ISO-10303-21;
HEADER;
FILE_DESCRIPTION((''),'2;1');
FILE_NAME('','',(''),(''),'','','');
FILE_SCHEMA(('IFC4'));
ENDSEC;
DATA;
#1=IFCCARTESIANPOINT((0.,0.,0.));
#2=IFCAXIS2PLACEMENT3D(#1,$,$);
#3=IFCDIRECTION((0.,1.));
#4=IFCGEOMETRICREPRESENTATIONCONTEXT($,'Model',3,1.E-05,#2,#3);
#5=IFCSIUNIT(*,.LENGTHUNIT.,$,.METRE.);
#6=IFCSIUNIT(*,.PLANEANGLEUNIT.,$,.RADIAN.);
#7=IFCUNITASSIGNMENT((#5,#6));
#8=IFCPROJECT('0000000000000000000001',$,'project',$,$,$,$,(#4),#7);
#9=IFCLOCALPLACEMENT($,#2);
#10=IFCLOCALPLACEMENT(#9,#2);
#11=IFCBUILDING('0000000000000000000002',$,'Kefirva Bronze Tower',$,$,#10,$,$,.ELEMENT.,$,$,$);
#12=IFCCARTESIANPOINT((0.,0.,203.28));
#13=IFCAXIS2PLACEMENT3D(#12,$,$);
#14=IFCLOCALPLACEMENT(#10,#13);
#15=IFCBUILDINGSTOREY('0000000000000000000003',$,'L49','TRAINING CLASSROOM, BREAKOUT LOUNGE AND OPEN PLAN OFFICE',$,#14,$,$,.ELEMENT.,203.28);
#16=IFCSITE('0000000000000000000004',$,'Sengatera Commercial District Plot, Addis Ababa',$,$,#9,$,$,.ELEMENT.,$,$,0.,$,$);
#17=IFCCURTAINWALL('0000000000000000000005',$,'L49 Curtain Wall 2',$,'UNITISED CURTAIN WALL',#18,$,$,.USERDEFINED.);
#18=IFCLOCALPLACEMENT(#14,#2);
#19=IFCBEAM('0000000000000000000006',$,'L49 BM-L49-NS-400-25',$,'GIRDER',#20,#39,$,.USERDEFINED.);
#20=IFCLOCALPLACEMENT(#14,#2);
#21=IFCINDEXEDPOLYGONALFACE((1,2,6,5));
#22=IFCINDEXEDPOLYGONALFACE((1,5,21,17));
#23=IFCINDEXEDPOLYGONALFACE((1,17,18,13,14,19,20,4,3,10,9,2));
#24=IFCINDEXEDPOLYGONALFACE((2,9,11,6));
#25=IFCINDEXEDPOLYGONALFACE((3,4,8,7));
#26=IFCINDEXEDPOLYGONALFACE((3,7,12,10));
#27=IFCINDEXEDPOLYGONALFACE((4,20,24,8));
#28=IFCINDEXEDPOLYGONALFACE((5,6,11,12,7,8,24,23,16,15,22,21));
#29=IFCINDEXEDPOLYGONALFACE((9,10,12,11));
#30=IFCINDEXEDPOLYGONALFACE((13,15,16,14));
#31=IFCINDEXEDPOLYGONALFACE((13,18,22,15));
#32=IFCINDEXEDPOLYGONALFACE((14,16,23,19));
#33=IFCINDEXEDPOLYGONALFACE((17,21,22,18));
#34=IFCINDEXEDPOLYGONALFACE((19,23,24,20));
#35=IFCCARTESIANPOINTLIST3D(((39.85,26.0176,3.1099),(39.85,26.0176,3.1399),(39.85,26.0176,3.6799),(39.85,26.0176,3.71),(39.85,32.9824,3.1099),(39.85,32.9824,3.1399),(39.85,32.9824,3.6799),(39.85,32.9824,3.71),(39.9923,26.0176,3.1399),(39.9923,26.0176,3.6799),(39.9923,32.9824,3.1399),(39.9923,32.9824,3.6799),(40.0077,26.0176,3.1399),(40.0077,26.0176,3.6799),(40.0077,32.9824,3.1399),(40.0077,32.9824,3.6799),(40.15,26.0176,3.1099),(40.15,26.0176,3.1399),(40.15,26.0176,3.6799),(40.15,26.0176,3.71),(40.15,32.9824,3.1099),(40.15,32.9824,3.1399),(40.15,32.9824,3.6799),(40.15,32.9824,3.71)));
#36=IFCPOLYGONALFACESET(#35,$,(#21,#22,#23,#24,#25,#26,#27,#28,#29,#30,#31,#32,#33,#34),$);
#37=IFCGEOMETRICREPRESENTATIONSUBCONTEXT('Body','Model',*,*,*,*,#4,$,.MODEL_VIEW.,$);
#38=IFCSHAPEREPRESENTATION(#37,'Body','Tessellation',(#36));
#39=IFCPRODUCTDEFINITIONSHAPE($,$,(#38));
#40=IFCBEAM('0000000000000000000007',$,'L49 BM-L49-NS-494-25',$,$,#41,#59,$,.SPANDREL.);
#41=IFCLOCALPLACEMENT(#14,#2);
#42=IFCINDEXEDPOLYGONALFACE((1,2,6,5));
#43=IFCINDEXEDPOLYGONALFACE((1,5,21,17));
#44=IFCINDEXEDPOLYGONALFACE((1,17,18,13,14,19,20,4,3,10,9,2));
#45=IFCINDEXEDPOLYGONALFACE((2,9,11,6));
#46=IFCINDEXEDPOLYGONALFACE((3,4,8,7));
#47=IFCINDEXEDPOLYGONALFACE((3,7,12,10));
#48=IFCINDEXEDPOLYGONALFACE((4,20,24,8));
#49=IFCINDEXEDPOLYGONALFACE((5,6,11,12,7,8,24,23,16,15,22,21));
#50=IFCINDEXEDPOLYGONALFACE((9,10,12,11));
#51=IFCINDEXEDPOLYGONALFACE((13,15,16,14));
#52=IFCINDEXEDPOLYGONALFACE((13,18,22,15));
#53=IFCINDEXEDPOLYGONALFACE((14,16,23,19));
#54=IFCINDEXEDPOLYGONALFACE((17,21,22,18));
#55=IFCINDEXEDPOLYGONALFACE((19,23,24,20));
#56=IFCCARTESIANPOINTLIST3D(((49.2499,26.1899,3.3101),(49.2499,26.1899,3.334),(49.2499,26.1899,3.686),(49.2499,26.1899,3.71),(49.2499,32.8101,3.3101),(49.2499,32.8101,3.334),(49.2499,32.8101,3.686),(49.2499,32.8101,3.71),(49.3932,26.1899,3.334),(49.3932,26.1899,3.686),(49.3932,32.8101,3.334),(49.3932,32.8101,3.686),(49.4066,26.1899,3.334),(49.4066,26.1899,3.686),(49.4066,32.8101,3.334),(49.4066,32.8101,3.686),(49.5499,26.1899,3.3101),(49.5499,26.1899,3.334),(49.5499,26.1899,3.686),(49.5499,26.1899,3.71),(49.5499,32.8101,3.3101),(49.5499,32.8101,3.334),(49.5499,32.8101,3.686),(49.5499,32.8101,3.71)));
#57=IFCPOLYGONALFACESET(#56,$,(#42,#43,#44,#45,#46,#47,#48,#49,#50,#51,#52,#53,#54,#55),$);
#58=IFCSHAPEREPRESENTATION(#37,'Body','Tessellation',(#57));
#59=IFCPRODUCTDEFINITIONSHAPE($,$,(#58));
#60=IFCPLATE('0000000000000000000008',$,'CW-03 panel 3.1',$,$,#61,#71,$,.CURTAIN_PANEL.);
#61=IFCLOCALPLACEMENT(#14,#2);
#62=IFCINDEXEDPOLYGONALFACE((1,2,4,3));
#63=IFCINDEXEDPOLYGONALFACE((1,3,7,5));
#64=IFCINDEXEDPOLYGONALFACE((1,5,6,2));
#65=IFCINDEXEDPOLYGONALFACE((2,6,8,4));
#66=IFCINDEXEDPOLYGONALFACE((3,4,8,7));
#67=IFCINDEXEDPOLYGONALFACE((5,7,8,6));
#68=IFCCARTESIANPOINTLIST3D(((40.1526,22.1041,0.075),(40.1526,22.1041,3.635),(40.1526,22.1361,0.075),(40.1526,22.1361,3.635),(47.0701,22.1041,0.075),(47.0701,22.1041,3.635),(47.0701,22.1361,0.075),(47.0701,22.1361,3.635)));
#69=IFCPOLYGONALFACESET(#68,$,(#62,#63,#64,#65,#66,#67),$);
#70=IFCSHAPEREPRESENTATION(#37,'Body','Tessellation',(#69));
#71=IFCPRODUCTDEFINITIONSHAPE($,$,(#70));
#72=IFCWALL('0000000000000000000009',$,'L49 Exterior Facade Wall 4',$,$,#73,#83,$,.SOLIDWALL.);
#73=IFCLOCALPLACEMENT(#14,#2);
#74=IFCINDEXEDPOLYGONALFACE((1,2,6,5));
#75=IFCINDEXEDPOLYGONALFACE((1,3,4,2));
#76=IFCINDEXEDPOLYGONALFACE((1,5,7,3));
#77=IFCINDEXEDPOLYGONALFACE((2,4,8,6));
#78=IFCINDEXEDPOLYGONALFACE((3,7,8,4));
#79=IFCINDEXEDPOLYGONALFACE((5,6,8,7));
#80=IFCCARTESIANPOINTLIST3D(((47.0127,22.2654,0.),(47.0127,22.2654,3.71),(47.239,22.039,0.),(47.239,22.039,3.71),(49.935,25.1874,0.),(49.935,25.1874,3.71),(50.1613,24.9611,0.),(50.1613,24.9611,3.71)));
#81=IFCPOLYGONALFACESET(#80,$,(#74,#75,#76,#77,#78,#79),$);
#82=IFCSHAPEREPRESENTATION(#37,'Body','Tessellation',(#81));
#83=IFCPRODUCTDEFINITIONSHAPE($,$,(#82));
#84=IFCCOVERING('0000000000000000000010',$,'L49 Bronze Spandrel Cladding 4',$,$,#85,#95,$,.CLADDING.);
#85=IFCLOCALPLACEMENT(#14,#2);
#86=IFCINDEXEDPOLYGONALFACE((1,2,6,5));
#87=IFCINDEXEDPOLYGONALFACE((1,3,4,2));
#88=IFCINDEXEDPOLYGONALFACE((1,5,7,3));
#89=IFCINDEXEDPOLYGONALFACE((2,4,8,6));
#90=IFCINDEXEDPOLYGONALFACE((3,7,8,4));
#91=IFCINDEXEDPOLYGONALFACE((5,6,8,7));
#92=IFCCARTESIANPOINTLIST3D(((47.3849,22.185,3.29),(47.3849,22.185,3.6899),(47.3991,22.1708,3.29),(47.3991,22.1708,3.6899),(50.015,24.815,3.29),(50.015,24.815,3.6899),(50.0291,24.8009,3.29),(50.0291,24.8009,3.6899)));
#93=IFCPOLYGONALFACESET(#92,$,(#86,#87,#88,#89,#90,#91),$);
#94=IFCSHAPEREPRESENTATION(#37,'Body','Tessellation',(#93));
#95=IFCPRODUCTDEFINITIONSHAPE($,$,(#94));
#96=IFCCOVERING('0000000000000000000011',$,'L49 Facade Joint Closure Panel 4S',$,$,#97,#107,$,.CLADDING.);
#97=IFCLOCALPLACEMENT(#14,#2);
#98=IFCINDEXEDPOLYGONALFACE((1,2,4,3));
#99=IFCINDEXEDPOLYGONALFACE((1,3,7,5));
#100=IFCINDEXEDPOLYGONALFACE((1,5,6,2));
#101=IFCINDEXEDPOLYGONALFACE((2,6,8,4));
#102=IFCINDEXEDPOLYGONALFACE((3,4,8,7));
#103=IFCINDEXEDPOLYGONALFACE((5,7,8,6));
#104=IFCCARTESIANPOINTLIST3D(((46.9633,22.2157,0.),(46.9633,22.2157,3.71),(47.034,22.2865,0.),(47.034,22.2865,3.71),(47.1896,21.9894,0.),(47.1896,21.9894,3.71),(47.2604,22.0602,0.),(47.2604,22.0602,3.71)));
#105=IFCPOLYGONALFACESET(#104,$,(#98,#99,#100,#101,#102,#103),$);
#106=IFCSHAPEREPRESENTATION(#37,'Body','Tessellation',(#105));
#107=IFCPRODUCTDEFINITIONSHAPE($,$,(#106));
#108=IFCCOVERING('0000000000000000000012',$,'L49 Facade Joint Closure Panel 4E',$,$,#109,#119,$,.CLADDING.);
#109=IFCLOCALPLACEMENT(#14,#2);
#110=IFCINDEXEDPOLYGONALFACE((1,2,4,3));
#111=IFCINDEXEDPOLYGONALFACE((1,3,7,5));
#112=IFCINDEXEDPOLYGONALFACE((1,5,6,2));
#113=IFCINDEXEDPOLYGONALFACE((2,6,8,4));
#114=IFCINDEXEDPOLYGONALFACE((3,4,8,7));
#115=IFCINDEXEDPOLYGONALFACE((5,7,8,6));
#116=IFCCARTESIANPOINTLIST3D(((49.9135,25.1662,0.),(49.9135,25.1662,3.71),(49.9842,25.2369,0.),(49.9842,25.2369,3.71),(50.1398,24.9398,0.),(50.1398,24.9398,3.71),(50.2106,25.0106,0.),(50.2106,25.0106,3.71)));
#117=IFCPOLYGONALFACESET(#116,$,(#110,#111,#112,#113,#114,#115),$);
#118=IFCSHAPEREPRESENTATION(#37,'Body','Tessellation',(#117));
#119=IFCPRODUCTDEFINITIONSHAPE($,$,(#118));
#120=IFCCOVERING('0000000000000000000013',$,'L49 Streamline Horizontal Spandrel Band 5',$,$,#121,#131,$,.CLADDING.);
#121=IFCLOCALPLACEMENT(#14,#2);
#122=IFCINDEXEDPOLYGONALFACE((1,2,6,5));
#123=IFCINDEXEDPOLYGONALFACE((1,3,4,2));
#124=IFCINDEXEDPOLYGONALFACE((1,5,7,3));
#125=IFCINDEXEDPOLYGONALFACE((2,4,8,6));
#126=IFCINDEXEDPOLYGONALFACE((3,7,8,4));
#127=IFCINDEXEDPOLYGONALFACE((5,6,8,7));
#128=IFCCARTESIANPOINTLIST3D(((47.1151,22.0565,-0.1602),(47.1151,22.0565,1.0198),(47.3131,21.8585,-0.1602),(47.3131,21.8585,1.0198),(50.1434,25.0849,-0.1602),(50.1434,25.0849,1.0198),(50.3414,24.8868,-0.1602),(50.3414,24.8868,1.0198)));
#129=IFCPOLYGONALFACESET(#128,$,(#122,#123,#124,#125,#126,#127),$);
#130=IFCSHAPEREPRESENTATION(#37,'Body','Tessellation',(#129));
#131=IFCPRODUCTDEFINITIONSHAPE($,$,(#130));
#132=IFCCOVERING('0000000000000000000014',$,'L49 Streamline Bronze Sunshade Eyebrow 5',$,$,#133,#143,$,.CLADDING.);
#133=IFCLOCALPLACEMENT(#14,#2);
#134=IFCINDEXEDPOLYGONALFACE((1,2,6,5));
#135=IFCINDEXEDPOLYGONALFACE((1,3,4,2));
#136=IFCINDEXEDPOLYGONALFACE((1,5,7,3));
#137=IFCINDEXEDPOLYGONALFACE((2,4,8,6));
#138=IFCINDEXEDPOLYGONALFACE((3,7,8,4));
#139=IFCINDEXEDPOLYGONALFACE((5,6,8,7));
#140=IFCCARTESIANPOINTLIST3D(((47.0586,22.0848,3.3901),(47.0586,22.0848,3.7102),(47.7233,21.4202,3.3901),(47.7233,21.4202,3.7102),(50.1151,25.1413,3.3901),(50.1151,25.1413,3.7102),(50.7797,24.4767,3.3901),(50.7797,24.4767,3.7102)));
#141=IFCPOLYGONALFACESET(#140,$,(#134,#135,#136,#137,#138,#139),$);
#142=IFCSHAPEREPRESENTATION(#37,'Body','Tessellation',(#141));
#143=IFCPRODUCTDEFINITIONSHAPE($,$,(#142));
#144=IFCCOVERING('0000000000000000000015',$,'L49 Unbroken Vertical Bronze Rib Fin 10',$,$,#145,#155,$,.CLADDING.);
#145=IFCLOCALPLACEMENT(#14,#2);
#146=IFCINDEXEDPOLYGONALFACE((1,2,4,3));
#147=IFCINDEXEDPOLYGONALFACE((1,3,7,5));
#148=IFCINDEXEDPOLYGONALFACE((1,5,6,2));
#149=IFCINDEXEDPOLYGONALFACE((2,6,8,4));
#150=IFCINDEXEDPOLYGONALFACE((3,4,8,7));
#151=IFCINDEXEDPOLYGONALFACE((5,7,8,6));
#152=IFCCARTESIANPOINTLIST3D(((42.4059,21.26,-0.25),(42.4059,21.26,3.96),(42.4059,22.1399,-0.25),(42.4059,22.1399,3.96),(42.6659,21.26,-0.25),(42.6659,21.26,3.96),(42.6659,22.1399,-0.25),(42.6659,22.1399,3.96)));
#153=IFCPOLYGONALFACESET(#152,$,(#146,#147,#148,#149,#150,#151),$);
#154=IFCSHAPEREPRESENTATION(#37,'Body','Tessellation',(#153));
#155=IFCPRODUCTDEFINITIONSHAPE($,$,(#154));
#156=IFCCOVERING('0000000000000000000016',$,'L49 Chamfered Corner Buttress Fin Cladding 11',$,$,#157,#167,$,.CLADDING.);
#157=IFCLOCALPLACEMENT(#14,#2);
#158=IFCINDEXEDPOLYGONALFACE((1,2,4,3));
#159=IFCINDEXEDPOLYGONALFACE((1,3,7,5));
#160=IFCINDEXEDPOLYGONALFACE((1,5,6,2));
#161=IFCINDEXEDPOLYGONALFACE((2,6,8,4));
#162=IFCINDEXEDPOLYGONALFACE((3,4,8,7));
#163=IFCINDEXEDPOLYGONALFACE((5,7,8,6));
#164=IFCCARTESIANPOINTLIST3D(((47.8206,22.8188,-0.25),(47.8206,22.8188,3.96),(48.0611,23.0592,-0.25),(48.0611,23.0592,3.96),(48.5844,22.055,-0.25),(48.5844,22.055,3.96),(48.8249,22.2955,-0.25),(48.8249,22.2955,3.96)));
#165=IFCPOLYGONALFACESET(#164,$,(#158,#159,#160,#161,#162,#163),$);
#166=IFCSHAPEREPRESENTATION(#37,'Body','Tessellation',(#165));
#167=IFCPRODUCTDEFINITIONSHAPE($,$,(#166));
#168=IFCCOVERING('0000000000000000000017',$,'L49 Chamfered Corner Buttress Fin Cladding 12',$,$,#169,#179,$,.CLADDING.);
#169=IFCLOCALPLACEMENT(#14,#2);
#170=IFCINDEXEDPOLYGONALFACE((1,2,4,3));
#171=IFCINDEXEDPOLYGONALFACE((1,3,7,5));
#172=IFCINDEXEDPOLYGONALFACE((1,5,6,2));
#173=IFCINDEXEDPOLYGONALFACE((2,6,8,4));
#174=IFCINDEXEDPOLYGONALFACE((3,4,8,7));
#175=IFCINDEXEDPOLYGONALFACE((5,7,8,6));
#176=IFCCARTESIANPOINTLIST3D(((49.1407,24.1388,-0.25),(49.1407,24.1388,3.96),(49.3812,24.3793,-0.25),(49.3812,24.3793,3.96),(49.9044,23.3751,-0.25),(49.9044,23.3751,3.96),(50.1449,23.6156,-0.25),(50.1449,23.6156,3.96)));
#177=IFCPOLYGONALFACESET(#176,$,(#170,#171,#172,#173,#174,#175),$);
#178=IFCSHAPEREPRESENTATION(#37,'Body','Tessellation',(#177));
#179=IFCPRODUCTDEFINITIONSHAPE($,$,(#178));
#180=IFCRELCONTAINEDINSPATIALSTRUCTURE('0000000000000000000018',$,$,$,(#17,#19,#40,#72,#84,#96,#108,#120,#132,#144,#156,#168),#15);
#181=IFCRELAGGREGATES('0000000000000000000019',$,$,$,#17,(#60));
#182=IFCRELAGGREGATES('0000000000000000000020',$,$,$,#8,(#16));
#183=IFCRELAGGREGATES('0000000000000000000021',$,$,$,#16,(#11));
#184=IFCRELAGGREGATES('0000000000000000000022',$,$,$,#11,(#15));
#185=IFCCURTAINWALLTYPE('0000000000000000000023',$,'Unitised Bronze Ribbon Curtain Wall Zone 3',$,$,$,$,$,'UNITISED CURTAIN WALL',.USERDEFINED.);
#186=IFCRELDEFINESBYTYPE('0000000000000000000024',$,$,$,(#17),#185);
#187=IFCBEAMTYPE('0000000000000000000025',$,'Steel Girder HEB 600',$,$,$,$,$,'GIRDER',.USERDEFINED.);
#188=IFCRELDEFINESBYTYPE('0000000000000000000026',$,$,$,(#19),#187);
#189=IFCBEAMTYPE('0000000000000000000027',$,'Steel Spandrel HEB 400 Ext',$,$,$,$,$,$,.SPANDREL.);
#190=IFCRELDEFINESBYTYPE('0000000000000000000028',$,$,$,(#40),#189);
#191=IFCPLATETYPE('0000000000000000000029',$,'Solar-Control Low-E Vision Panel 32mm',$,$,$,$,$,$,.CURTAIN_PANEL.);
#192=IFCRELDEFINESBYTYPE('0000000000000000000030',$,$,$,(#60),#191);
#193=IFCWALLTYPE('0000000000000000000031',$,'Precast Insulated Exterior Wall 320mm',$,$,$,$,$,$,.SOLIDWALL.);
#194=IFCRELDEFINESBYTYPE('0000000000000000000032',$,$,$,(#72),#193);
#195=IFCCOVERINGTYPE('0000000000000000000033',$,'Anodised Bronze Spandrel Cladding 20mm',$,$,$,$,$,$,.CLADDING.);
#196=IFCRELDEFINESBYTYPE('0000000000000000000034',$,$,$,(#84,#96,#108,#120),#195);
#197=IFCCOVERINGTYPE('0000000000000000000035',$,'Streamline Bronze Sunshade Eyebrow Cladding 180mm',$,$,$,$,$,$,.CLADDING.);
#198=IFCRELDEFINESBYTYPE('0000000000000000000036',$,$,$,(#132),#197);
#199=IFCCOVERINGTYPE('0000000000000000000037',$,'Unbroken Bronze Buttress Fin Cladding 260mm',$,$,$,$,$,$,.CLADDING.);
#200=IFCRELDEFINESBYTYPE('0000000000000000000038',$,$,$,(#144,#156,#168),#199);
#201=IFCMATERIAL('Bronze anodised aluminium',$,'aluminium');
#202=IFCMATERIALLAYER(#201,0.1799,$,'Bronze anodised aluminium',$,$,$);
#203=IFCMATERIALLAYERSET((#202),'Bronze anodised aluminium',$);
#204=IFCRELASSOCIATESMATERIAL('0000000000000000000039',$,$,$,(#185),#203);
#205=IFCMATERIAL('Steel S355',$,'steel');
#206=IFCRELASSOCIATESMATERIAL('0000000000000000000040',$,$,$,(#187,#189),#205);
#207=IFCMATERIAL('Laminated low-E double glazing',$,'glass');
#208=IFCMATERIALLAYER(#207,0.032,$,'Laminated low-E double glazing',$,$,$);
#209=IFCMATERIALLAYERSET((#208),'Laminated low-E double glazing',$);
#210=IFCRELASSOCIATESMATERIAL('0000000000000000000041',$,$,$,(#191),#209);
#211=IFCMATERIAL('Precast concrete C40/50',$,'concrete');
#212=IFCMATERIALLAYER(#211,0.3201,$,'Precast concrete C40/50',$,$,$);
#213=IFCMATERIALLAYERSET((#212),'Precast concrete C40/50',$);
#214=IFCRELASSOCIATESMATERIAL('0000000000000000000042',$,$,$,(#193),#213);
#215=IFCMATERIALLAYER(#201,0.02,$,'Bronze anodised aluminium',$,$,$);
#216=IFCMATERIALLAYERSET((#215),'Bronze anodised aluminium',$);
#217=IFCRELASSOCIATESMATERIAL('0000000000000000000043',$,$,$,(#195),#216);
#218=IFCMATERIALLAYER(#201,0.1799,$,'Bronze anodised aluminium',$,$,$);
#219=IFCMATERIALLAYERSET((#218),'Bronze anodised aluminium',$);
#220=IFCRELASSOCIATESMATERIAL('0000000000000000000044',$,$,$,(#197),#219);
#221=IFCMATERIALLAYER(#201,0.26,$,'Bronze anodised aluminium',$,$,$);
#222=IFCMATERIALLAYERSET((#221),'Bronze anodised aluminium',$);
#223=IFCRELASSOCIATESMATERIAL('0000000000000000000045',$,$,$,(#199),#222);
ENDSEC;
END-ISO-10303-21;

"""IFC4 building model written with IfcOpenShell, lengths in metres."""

from ifc_helpers import new_model, si_unit, direction, frame, frame_2d, origin, origin_2d, place, context, subcontext, project, spatial, rectangle, i_section, extrude, material, layer, layer_set, material_profile, profile_set, type_object, element, aggregate, save


model = new_model("IFC4")

# Units and contexts
model_context = context("Model", 3, precision=1e-05, world=origin(), true_north=direction((0.0, 1.0)))
body_context = subcontext(model_context, "Body", "Model", "MODEL_VIEW")
ifc_project = project(units=[si_unit("LENGTHUNIT", "METRE"), si_unit("PLANEANGLEUNIT", "RADIAN")], contexts=[model_context])

# Site, building, storey
site_placement = place(None, origin())
site = spatial("IfcSite", under=ifc_project, at=site_placement, Name="Sengatera Commercial District Plot, Addis Ababa", CompositionType="ELEMENT", RefElevation=0.0)
building_placement = place(site_placement, origin())
building = spatial("IfcBuilding", under=site, at=building_placement, Name="Kefirva Bronze Tower", CompositionType="ELEMENT")
storey_placement = place(building_placement, frame((0.0, 0.0, 203.28)))
storey = spatial("IfcBuildingStorey", under=building, at=storey_placement, Name="L49", Description="TRAINING CLASSROOM, BREAKOUT LOUNGE AND OPEN PLAN OFFICE", CompositionType="ELEMENT", Elevation=203.28)

# Curtain wall
ifc_material_1 = material(Name="Bronze anodised aluminium", Category="aluminium")
ifc_layer_1 = layer(ifc_material_1, 0.1799, Name="Bronze anodised aluminium")
ifc_layer_set_1 = layer_set([ifc_layer_1], Name="Bronze anodised aluminium")
curtain_wall_type = type_object("IfcCurtainWallType", Name="Unitised Bronze Ribbon Curtain Wall Zone 3", ElementType="UNITISED CURTAIN WALL", PredefinedType="USERDEFINED", material=ifc_layer_set_1)
curtain_wall_1_placement = place(storey_placement, origin())
curtain_wall_1 = element("IfcCurtainWall", 1, at=curtain_wall_1_placement, inside=storey, type_object=curtain_wall_type, Name="L49 Curtain Wall 2", ObjectType="UNITISED CURTAIN WALL", PredefinedType="USERDEFINED")

# Beams
ifc_material_2 = material(Name="Steel S355", Category="steel")
ifc_material_profile_1 = material_profile(ifc_material_2, i_section(OverallWidth=0.3, OverallDepth=0.6001, WebThickness=0.0154, FlangeThickness=0.03, at=origin_2d()), Name="HEB 600")
ifc_profile_set_1 = profile_set([ifc_material_profile_1], Name="Steel S355")
beam_type_1 = type_object("IfcBeamType", Name="Steel Girder HEB 600", ElementType="GIRDER", PredefinedType="USERDEFINED", material=ifc_profile_set_1)
beam_1_placement = place(storey_placement, frame((40.0, 26.0176, 3.4099), z_axis=(0.0, 1.0, 0.0), x_axis=(-1.0, 0.0, 0.0)))
element("IfcBeam", 2, at=beam_1_placement, inside=storey, type_object=beam_type_1, Name="L49 BM-L49-NS-400-25", ObjectType="GIRDER", PredefinedType="USERDEFINED", context=body_context, shape_type="SweptSolid", body=[
    extrude(i_section(OverallWidth=0.3, OverallDepth=0.6001, WebThickness=0.0154, FlangeThickness=0.03, at=origin_2d()), origin(), (0.0, 0.0, 1.0), 6.9648),
])
ifc_material_profile_2 = material_profile(ifc_material_2, i_section(OverallWidth=0.3, OverallDepth=0.3999, WebThickness=0.0134, FlangeThickness=0.0239, at=origin_2d()), Name="HEB 400")
ifc_profile_set_2 = profile_set([ifc_material_profile_2], Name="Steel S355")
beam_type_2 = type_object("IfcBeamType", Name="Steel Spandrel HEB 400 Ext", PredefinedType="SPANDREL", material=ifc_profile_set_2)
beam_2_placement = place(storey_placement, frame((49.3999, 26.1899, 3.51), z_axis=(0.0, 1.0, 0.0), x_axis=(-1.0, 0.0, 0.0)))
element("IfcBeam", 3, at=beam_2_placement, inside=storey, type_object=beam_type_2, Name="L49 BM-L49-NS-494-25", PredefinedType="SPANDREL", context=body_context, shape_type="SweptSolid", body=[
    extrude(i_section(OverallWidth=0.3, OverallDepth=0.3999, WebThickness=0.0134, FlangeThickness=0.0239, at=origin_2d()), origin(), (0.0, 0.0, 1.0), 6.6201),
])

# Plate
ifc_material_3 = material(Name="Laminated low-E double glazing", Category="glass")
ifc_layer_2 = layer(ifc_material_3, 0.032, Name="Laminated low-E double glazing")
ifc_layer_set_2 = layer_set([ifc_layer_2], Name="Laminated low-E double glazing")
plate_type = type_object("IfcPlateType", Name="Solar-Control Low-E Vision Panel 32mm", PredefinedType="CURTAIN_PANEL", material=ifc_layer_set_2)
plate_placement = place(storey_placement, frame((43.6113, 22.1201, 0.075), z_axis=(0.0, 0.0, 1.0), x_axis=(1.0, 0.0, 0.0)))
plate = element("IfcPlate", 4, at=plate_placement, type_object=plate_type, Name="CW-03 panel 3.1", PredefinedType="CURTAIN_PANEL", context=body_context, shape_type="SweptSolid", body=[
    extrude(rectangle(XDim=6.9175, YDim=0.032, at=origin_2d()), origin(), (0.0, 0.0, 1.0), 3.5601),
])
aggregate(curtain_wall_1, [plate])

# Wall
ifc_material_4 = material(Name="Precast concrete C40/50", Category="concrete")
ifc_layer_3 = layer(ifc_material_4, 0.3201, Name="Precast concrete C40/50")
ifc_layer_set_3 = layer_set([ifc_layer_3], Name="Precast concrete C40/50")
wall_type = type_object("IfcWallType", Name="Precast Insulated Exterior Wall 320mm", PredefinedType="SOLIDWALL", material=ifc_layer_set_3)
wall_placement = place(storey_placement, frame((47.1257, 22.1521, 0.0), z_axis=(0.0, 0.0, 1.0), x_axis=(0.707136, 0.707077, 0.0)))
element("IfcWall", 5, at=wall_placement, inside=storey, type_object=wall_type, Name="L49 Exterior Facade Wall 4", PredefinedType="SOLIDWALL", context=body_context, shape_type="SweptSolid", body=[
    extrude(rectangle(XDim=4.1326, YDim=0.3201, at=frame_2d((2.0664, 0.0))), origin(), (0.0, 0.0, 1.0), 3.71),
])

# Coverings
ifc_layer_4 = layer(ifc_material_1, 0.02, Name="Bronze anodised aluminium")
ifc_layer_set_4 = layer_set([ifc_layer_4], Name="Bronze anodised aluminium")
covering_type_1 = type_object("IfcCoveringType", Name="Anodised Bronze Spandrel Cladding 20mm", PredefinedType="CLADDING", material=ifc_layer_set_4)
covering_1_placement = place(storey_placement, frame((48.707, 23.4929, 3.29), z_axis=(0.0, 0.0, 1.0), x_axis=(0.707107, 0.707107, 0.0)))
element("IfcCovering", 6, at=covering_1_placement, inside=storey, type_object=covering_type_1, Name="L49 Bronze Spandrel Cladding 4", PredefinedType="CLADDING", context=body_context, shape_type="SweptSolid", body=[
    extrude(rectangle(XDim=3.7195, YDim=0.02, at=origin_2d()), origin(), (0.0, 0.0, 1.0), 0.3999),
])
for number, where, z_axis, x_axis, name in (
    (7, (47.1118, 22.1379, 0.0), (0.0, 0.0, 1.0), (0.707107, 0.707107, 0.0), "L49 Facade Joint Closure Panel 4S"),
    (8, (50.062, 25.0884, 0.0), (0.0, 0.0, 1.0), (0.707107, 0.707107, 0.0), "L49 Facade Joint Closure Panel 4E"),
):
    element("IfcCovering", number, at=place(storey_placement, frame(where, z_axis=z_axis, x_axis=x_axis)), inside=storey, type_object=covering_type_1, Name=name, PredefinedType="CLADDING", context=body_context, shape_type="SweptSolid", body=[
        extrude(rectangle(XDim=0.1001, YDim=0.3201, at=origin_2d()), origin(), (0.0, 0.0, 1.0), 3.71),
    ])
covering_2_placement = place(storey_placement, frame((48.7283, 23.4717, -0.1602), z_axis=(0.0, 0.0, 1.0), x_axis=(0.707107, 0.707107, 0.0)))
element("IfcCovering", 9, at=covering_2_placement, inside=storey, type_object=covering_type_1, Name="L49 Streamline Horizontal Spandrel Band 5", PredefinedType="CLADDING", context=body_context, shape_type="SweptSolid", body=[
    extrude(rectangle(XDim=4.2827, YDim=0.28, at=origin_2d()), origin(), (0.0, 0.0, 1.0), 1.1799),
])
ifc_layer_5 = layer(ifc_material_1, 0.1799, Name="Bronze anodised aluminium")
ifc_layer_set_5 = layer_set([ifc_layer_5], Name="Bronze anodised aluminium")
covering_type_2 = type_object("IfcCoveringType", Name="Streamline Bronze Sunshade Eyebrow Cladding 180mm", PredefinedType="CLADDING", material=ifc_layer_set_5)
covering_3_placement = place(storey_placement, frame((48.9192, 23.2808, 3.3901), z_axis=(0.0, 0.0, 1.0), x_axis=(0.707107, 0.707107, 0.0)))
element("IfcCovering", 10, at=covering_3_placement, inside=storey, type_object=covering_type_2, Name="L49 Streamline Bronze Sunshade Eyebrow 5", PredefinedType="CLADDING", context=body_context, shape_type="SweptSolid", body=[
    extrude(rectangle(XDim=4.3225, YDim=0.9399, at=origin_2d()), origin(), (0.0, 0.0, 1.0), 0.3201),
])
ifc_layer_6 = layer(ifc_material_1, 0.26, Name="Bronze anodised aluminium")
ifc_layer_set_6 = layer_set([ifc_layer_6], Name="Bronze anodised aluminium")
covering_type_3 = type_object("IfcCoveringType", Name="Unbroken Bronze Buttress Fin Cladding 260mm", PredefinedType="CLADDING", material=ifc_layer_set_6)
covering_4_placement = place(storey_placement, frame((42.5359, 21.7, -0.25), z_axis=(0.0, 0.0, 1.0), x_axis=(1.0, 0.0, 0.0)))
element("IfcCovering", 11, at=covering_4_placement, inside=storey, type_object=covering_type_3, Name="L49 Unbroken Vertical Bronze Rib Fin 10", PredefinedType="CLADDING", context=body_context, shape_type="SweptSolid", body=[
    extrude(rectangle(XDim=0.26, YDim=0.8799, at=origin_2d()), origin(), (0.0, 0.0, 1.0), 4.21),
])
for number, where, z_axis, x_axis, name in (
    (12, (48.3228, 22.5571, -0.25), (0.0, 0.0, 1.0), (0.707107, 0.707107, 0.0), "L49 Chamfered Corner Buttress Fin Cladding 11"),
    (13, (49.6428, 23.8772, -0.25), (0.0, 0.0, 1.0), (0.707107, 0.707107, 0.0), "L49 Chamfered Corner Buttress Fin Cladding 12"),
):
    element("IfcCovering", number, at=place(storey_placement, frame(where, z_axis=z_axis, x_axis=x_axis)), inside=storey, type_object=covering_type_3, Name=name, PredefinedType="CLADDING", context=body_context, shape_type="SweptSolid", body=[
        extrude(rectangle(XDim=0.3401, YDim=1.0801, at=origin_2d()), origin(), (0.0, 0.0, 1.0), 4.21),
    ])

save(model, "model.ifc")
